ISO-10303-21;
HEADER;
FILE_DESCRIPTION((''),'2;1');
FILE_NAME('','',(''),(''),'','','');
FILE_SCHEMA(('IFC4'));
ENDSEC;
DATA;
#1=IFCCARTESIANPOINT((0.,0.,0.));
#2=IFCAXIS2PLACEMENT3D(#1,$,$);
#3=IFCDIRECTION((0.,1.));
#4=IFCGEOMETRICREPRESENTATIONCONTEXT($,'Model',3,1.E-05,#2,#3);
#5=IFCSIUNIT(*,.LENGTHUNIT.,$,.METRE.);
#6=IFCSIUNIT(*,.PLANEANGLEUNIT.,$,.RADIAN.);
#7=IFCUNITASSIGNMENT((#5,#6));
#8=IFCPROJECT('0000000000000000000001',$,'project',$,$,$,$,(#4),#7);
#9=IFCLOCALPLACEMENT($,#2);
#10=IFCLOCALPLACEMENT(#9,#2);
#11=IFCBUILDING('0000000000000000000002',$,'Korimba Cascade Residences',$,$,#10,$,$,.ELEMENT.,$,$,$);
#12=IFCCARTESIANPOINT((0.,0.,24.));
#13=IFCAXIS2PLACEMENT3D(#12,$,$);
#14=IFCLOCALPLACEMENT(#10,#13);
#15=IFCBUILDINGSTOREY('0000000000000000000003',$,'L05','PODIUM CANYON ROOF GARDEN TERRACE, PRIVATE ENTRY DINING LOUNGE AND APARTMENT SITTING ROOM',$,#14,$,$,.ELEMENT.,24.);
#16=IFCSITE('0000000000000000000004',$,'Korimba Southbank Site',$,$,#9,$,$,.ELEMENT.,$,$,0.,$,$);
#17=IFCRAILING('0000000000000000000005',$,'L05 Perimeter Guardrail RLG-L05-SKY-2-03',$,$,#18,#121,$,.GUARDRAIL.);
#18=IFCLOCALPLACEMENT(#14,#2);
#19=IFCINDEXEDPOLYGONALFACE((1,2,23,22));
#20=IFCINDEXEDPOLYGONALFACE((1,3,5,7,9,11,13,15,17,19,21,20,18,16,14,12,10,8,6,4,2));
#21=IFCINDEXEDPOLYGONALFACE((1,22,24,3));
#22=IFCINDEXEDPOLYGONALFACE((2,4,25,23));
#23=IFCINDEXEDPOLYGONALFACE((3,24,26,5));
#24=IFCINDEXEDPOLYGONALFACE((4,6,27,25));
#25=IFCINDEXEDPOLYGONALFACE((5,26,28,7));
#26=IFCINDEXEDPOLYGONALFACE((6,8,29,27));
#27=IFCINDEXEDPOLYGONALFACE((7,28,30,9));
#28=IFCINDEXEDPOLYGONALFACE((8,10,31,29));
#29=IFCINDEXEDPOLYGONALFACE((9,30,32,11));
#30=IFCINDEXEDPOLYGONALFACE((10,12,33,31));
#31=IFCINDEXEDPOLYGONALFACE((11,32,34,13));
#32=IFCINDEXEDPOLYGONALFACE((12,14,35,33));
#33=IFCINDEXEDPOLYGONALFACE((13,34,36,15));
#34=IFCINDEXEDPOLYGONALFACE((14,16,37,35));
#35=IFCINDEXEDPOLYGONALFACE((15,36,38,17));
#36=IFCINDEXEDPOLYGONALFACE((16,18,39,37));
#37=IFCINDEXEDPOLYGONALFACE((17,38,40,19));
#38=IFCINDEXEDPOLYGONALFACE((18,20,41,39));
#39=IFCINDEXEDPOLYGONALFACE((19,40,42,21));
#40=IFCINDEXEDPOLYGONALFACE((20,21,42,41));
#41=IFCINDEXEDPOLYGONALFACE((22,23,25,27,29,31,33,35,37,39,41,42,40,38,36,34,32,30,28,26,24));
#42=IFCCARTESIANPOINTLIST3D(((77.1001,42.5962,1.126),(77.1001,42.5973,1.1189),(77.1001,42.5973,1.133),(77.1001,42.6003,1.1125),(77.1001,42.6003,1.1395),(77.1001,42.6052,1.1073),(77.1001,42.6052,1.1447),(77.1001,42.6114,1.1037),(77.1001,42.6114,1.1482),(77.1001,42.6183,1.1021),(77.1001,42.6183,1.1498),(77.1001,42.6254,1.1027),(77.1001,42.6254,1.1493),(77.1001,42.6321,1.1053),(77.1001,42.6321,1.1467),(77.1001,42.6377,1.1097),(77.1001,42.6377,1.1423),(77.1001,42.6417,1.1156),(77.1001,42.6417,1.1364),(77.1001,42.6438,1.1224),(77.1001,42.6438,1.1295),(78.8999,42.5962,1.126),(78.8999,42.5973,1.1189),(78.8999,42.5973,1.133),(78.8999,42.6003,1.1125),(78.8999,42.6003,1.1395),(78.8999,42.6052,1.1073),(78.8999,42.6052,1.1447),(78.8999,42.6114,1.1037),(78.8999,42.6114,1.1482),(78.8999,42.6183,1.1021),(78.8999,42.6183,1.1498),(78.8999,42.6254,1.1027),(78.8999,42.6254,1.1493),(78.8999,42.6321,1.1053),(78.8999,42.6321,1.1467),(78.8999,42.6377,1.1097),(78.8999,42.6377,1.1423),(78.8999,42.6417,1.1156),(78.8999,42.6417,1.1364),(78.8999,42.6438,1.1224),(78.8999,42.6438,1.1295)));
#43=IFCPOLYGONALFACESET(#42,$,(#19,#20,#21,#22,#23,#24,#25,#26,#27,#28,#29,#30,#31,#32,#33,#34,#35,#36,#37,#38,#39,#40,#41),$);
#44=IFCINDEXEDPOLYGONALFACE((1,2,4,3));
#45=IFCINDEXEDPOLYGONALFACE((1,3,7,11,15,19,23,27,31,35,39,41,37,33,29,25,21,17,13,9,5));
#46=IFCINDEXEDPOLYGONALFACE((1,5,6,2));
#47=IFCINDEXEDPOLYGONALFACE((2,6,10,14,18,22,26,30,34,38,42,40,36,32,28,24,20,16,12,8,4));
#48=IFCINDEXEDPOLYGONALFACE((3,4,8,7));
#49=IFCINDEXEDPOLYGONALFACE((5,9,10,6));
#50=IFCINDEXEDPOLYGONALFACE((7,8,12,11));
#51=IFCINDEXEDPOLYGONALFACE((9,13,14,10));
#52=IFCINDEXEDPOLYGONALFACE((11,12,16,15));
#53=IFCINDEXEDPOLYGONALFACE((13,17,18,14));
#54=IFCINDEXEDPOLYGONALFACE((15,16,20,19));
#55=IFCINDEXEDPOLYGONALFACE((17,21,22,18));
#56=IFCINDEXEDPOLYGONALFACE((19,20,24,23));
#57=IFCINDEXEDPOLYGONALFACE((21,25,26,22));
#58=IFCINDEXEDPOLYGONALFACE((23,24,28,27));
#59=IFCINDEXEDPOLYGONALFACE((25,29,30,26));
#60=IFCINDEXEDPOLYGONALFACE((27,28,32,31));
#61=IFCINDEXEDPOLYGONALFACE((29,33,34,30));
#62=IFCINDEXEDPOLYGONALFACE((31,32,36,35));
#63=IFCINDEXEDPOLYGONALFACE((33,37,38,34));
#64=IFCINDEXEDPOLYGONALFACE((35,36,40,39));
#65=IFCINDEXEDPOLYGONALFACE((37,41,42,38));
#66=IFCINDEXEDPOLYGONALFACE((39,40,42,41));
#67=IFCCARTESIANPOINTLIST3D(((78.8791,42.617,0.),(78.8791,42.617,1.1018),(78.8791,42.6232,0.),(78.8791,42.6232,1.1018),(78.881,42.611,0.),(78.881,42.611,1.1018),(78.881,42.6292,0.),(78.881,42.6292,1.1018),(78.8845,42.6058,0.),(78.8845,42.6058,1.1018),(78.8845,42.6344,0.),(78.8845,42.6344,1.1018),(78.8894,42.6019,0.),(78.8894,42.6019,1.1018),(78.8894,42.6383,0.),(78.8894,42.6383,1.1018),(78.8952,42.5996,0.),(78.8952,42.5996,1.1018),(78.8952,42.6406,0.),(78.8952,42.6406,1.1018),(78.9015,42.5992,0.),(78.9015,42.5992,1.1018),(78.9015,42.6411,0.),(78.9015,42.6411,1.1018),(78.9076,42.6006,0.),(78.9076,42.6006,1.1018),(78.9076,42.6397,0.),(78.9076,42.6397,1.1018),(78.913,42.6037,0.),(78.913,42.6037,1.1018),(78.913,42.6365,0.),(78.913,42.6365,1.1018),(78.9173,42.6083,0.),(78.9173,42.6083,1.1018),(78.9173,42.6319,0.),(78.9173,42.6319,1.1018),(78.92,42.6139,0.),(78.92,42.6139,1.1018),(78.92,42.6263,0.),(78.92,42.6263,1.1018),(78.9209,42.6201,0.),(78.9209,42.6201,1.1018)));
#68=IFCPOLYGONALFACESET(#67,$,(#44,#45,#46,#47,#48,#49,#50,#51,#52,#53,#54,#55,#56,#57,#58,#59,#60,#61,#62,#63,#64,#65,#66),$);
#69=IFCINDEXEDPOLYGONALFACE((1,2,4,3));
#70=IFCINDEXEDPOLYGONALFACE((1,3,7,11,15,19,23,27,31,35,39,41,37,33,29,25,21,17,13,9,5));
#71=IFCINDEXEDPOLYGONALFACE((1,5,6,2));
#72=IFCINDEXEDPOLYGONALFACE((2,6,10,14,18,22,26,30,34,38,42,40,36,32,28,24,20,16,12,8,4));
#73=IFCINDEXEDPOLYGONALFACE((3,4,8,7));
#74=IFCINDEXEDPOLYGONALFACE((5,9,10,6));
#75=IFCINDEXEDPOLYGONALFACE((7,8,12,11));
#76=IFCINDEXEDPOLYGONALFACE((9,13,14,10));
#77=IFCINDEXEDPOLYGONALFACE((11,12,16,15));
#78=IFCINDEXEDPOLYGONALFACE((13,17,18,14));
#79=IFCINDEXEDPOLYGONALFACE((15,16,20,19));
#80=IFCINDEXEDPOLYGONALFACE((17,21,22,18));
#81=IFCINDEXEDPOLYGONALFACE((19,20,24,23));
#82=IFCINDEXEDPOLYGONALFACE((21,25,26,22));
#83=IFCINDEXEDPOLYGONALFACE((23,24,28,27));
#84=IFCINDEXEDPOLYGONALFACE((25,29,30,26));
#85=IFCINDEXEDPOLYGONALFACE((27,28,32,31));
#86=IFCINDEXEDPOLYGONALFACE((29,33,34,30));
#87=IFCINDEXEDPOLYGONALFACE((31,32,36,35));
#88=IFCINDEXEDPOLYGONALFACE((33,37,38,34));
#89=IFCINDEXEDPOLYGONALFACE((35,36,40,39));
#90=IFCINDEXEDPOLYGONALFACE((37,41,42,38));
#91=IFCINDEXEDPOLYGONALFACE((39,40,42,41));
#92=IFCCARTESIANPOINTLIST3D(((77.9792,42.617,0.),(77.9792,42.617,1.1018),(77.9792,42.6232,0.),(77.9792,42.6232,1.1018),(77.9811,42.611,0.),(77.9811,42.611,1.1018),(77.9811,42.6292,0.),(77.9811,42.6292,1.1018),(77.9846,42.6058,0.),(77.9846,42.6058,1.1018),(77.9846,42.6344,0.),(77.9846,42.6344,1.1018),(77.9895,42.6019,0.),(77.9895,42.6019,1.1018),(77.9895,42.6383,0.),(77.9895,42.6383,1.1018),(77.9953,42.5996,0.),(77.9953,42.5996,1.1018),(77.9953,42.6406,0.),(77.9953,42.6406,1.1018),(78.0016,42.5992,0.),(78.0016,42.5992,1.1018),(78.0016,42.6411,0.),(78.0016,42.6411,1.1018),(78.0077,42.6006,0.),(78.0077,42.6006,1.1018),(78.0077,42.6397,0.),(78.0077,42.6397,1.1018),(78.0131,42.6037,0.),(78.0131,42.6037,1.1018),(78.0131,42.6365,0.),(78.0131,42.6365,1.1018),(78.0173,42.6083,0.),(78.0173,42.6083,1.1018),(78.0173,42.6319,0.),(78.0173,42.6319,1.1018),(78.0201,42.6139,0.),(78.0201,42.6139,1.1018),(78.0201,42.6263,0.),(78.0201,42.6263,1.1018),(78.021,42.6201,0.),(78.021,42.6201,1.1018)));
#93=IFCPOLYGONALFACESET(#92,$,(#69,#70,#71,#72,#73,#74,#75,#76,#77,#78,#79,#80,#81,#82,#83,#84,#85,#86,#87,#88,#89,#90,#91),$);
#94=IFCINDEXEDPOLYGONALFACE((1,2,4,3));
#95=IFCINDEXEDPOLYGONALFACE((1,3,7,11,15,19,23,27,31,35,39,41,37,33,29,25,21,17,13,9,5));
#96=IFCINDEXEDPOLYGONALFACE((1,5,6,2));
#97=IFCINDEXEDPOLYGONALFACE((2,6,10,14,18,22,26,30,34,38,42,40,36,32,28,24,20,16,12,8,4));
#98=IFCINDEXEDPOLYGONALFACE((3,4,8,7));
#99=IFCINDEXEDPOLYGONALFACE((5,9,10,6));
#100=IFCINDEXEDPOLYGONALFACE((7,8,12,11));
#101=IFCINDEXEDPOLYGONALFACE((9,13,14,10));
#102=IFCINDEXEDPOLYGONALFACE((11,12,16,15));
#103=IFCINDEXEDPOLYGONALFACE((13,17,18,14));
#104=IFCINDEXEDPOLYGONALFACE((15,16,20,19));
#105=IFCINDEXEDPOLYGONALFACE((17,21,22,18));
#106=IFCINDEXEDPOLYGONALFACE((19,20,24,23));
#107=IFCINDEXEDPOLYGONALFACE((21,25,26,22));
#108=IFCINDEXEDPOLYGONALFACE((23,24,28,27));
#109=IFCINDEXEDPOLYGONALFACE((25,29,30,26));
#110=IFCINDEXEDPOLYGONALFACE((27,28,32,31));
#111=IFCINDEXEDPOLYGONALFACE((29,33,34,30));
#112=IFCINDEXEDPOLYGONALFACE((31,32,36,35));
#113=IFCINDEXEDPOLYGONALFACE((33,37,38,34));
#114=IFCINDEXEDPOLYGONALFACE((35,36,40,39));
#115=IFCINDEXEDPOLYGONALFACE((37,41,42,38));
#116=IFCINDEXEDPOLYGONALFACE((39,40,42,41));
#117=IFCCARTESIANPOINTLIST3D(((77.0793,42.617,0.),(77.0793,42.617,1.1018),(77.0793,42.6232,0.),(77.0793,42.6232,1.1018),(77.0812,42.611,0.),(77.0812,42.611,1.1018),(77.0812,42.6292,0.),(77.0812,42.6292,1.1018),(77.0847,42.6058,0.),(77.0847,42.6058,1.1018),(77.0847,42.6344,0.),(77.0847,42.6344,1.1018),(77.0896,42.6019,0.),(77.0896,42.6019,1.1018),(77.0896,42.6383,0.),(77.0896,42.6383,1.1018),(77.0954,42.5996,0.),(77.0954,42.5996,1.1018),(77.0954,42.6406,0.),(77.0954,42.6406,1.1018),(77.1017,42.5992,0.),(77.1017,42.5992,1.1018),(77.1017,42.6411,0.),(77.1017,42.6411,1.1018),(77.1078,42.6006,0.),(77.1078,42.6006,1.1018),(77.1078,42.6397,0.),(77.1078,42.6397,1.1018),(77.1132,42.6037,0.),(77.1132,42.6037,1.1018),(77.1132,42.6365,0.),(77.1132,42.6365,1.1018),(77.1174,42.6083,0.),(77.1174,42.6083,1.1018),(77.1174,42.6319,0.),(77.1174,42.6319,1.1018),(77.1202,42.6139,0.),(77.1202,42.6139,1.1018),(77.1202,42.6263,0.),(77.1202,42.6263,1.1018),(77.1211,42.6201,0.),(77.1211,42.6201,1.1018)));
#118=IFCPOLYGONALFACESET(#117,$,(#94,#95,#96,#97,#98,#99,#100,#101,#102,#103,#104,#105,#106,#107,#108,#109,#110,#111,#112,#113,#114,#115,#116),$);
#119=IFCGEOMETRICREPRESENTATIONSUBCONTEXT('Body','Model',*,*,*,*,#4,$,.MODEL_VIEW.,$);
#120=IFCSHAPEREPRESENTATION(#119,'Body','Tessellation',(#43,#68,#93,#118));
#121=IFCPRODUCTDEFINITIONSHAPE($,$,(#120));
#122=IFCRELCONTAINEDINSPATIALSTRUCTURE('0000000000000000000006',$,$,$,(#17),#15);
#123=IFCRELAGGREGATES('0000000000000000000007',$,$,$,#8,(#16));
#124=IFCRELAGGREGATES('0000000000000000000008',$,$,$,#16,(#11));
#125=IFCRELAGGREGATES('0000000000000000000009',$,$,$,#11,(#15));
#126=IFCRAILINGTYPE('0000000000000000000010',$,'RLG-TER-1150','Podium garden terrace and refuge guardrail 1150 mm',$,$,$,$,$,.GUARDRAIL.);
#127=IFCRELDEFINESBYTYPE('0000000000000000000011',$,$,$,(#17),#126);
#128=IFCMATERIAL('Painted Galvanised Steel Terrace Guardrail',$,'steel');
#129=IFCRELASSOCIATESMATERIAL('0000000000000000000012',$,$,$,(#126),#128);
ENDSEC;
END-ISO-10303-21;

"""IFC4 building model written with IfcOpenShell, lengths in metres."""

from ifc_helpers import new_model, si_unit, direction, frame, origin, origin_2d, place, context, subcontext, project, spatial, circle, extrude, material, type_object, element, save


model = new_model("IFC4")

# Units and contexts
model_context = context("Model", 3, precision=1e-05, world=origin(), true_north=direction((0.0, 1.0)))
body_context = subcontext(model_context, "Body", "Model", "MODEL_VIEW")
ifc_project = project(units=[si_unit("LENGTHUNIT", "METRE"), si_unit("PLANEANGLEUNIT", "RADIAN")], contexts=[model_context])

# Site, building, storey
site_placement = place(None, origin())
site = spatial("IfcSite", under=ifc_project, at=site_placement, Name="Korimba Southbank Site", CompositionType="ELEMENT", RefElevation=0.0)
building_placement = place(site_placement, origin())
building = spatial("IfcBuilding", under=site, at=building_placement, Name="Korimba Cascade Residences", CompositionType="ELEMENT")
storey_placement = place(building_placement, frame((0.0, 0.0, 24.0)))
storey = spatial("IfcBuildingStorey", under=building, at=storey_placement, Name="L05", Description="PODIUM CANYON ROOF GARDEN TERRACE, PRIVATE ENTRY DINING LOUNGE AND APARTMENT SITTING ROOM", CompositionType="ELEMENT", Elevation=24.0)

# Railing
ifc_material_1 = material(Name="Painted Galvanised Steel Terrace Guardrail", Category="steel")
railing_type_1 = type_object("IfcRailingType", Name="RLG-TER-1150", Description="Podium garden terrace and refuge guardrail 1150 mm", PredefinedType="GUARDRAIL", material=ifc_material_1)
railing_1_placement = place(storey_placement, frame((78.8999, 42.6201, 0.0)))
element("IfcRailing", 1, at=railing_1_placement, inside=storey, type_object=railing_type_1, Name="L05 Perimeter Guardrail RLG-L05-SKY-2-03", PredefinedType="GUARDRAIL", context=body_context, shape_type="SweptSolid", body=[
    extrude(circle(Radius=0.0239, at=origin_2d()), frame((0.0, 0.0, 1.126), z_axis=(-1.0, 0.0, 0.0), x_axis=(0.0, -1.0, 0.0)), (0.0, 0.0, 1.0), 1.7998),
    extrude(circle(Radius=0.021, at=origin_2d()), origin(), (0.0, 0.0, 1.0), 1.1018),
    extrude(circle(Radius=0.021, at=origin_2d()), frame((-0.8999, 0.0, 0.0)), (0.0, 0.0, 1.0), 1.1018),
    extrude(circle(Radius=0.021, at=origin_2d()), frame((-1.7998, 0.0, 0.0)), (0.0, 0.0, 1.0), 1.1018),
])

save(model, "model.ifc")
